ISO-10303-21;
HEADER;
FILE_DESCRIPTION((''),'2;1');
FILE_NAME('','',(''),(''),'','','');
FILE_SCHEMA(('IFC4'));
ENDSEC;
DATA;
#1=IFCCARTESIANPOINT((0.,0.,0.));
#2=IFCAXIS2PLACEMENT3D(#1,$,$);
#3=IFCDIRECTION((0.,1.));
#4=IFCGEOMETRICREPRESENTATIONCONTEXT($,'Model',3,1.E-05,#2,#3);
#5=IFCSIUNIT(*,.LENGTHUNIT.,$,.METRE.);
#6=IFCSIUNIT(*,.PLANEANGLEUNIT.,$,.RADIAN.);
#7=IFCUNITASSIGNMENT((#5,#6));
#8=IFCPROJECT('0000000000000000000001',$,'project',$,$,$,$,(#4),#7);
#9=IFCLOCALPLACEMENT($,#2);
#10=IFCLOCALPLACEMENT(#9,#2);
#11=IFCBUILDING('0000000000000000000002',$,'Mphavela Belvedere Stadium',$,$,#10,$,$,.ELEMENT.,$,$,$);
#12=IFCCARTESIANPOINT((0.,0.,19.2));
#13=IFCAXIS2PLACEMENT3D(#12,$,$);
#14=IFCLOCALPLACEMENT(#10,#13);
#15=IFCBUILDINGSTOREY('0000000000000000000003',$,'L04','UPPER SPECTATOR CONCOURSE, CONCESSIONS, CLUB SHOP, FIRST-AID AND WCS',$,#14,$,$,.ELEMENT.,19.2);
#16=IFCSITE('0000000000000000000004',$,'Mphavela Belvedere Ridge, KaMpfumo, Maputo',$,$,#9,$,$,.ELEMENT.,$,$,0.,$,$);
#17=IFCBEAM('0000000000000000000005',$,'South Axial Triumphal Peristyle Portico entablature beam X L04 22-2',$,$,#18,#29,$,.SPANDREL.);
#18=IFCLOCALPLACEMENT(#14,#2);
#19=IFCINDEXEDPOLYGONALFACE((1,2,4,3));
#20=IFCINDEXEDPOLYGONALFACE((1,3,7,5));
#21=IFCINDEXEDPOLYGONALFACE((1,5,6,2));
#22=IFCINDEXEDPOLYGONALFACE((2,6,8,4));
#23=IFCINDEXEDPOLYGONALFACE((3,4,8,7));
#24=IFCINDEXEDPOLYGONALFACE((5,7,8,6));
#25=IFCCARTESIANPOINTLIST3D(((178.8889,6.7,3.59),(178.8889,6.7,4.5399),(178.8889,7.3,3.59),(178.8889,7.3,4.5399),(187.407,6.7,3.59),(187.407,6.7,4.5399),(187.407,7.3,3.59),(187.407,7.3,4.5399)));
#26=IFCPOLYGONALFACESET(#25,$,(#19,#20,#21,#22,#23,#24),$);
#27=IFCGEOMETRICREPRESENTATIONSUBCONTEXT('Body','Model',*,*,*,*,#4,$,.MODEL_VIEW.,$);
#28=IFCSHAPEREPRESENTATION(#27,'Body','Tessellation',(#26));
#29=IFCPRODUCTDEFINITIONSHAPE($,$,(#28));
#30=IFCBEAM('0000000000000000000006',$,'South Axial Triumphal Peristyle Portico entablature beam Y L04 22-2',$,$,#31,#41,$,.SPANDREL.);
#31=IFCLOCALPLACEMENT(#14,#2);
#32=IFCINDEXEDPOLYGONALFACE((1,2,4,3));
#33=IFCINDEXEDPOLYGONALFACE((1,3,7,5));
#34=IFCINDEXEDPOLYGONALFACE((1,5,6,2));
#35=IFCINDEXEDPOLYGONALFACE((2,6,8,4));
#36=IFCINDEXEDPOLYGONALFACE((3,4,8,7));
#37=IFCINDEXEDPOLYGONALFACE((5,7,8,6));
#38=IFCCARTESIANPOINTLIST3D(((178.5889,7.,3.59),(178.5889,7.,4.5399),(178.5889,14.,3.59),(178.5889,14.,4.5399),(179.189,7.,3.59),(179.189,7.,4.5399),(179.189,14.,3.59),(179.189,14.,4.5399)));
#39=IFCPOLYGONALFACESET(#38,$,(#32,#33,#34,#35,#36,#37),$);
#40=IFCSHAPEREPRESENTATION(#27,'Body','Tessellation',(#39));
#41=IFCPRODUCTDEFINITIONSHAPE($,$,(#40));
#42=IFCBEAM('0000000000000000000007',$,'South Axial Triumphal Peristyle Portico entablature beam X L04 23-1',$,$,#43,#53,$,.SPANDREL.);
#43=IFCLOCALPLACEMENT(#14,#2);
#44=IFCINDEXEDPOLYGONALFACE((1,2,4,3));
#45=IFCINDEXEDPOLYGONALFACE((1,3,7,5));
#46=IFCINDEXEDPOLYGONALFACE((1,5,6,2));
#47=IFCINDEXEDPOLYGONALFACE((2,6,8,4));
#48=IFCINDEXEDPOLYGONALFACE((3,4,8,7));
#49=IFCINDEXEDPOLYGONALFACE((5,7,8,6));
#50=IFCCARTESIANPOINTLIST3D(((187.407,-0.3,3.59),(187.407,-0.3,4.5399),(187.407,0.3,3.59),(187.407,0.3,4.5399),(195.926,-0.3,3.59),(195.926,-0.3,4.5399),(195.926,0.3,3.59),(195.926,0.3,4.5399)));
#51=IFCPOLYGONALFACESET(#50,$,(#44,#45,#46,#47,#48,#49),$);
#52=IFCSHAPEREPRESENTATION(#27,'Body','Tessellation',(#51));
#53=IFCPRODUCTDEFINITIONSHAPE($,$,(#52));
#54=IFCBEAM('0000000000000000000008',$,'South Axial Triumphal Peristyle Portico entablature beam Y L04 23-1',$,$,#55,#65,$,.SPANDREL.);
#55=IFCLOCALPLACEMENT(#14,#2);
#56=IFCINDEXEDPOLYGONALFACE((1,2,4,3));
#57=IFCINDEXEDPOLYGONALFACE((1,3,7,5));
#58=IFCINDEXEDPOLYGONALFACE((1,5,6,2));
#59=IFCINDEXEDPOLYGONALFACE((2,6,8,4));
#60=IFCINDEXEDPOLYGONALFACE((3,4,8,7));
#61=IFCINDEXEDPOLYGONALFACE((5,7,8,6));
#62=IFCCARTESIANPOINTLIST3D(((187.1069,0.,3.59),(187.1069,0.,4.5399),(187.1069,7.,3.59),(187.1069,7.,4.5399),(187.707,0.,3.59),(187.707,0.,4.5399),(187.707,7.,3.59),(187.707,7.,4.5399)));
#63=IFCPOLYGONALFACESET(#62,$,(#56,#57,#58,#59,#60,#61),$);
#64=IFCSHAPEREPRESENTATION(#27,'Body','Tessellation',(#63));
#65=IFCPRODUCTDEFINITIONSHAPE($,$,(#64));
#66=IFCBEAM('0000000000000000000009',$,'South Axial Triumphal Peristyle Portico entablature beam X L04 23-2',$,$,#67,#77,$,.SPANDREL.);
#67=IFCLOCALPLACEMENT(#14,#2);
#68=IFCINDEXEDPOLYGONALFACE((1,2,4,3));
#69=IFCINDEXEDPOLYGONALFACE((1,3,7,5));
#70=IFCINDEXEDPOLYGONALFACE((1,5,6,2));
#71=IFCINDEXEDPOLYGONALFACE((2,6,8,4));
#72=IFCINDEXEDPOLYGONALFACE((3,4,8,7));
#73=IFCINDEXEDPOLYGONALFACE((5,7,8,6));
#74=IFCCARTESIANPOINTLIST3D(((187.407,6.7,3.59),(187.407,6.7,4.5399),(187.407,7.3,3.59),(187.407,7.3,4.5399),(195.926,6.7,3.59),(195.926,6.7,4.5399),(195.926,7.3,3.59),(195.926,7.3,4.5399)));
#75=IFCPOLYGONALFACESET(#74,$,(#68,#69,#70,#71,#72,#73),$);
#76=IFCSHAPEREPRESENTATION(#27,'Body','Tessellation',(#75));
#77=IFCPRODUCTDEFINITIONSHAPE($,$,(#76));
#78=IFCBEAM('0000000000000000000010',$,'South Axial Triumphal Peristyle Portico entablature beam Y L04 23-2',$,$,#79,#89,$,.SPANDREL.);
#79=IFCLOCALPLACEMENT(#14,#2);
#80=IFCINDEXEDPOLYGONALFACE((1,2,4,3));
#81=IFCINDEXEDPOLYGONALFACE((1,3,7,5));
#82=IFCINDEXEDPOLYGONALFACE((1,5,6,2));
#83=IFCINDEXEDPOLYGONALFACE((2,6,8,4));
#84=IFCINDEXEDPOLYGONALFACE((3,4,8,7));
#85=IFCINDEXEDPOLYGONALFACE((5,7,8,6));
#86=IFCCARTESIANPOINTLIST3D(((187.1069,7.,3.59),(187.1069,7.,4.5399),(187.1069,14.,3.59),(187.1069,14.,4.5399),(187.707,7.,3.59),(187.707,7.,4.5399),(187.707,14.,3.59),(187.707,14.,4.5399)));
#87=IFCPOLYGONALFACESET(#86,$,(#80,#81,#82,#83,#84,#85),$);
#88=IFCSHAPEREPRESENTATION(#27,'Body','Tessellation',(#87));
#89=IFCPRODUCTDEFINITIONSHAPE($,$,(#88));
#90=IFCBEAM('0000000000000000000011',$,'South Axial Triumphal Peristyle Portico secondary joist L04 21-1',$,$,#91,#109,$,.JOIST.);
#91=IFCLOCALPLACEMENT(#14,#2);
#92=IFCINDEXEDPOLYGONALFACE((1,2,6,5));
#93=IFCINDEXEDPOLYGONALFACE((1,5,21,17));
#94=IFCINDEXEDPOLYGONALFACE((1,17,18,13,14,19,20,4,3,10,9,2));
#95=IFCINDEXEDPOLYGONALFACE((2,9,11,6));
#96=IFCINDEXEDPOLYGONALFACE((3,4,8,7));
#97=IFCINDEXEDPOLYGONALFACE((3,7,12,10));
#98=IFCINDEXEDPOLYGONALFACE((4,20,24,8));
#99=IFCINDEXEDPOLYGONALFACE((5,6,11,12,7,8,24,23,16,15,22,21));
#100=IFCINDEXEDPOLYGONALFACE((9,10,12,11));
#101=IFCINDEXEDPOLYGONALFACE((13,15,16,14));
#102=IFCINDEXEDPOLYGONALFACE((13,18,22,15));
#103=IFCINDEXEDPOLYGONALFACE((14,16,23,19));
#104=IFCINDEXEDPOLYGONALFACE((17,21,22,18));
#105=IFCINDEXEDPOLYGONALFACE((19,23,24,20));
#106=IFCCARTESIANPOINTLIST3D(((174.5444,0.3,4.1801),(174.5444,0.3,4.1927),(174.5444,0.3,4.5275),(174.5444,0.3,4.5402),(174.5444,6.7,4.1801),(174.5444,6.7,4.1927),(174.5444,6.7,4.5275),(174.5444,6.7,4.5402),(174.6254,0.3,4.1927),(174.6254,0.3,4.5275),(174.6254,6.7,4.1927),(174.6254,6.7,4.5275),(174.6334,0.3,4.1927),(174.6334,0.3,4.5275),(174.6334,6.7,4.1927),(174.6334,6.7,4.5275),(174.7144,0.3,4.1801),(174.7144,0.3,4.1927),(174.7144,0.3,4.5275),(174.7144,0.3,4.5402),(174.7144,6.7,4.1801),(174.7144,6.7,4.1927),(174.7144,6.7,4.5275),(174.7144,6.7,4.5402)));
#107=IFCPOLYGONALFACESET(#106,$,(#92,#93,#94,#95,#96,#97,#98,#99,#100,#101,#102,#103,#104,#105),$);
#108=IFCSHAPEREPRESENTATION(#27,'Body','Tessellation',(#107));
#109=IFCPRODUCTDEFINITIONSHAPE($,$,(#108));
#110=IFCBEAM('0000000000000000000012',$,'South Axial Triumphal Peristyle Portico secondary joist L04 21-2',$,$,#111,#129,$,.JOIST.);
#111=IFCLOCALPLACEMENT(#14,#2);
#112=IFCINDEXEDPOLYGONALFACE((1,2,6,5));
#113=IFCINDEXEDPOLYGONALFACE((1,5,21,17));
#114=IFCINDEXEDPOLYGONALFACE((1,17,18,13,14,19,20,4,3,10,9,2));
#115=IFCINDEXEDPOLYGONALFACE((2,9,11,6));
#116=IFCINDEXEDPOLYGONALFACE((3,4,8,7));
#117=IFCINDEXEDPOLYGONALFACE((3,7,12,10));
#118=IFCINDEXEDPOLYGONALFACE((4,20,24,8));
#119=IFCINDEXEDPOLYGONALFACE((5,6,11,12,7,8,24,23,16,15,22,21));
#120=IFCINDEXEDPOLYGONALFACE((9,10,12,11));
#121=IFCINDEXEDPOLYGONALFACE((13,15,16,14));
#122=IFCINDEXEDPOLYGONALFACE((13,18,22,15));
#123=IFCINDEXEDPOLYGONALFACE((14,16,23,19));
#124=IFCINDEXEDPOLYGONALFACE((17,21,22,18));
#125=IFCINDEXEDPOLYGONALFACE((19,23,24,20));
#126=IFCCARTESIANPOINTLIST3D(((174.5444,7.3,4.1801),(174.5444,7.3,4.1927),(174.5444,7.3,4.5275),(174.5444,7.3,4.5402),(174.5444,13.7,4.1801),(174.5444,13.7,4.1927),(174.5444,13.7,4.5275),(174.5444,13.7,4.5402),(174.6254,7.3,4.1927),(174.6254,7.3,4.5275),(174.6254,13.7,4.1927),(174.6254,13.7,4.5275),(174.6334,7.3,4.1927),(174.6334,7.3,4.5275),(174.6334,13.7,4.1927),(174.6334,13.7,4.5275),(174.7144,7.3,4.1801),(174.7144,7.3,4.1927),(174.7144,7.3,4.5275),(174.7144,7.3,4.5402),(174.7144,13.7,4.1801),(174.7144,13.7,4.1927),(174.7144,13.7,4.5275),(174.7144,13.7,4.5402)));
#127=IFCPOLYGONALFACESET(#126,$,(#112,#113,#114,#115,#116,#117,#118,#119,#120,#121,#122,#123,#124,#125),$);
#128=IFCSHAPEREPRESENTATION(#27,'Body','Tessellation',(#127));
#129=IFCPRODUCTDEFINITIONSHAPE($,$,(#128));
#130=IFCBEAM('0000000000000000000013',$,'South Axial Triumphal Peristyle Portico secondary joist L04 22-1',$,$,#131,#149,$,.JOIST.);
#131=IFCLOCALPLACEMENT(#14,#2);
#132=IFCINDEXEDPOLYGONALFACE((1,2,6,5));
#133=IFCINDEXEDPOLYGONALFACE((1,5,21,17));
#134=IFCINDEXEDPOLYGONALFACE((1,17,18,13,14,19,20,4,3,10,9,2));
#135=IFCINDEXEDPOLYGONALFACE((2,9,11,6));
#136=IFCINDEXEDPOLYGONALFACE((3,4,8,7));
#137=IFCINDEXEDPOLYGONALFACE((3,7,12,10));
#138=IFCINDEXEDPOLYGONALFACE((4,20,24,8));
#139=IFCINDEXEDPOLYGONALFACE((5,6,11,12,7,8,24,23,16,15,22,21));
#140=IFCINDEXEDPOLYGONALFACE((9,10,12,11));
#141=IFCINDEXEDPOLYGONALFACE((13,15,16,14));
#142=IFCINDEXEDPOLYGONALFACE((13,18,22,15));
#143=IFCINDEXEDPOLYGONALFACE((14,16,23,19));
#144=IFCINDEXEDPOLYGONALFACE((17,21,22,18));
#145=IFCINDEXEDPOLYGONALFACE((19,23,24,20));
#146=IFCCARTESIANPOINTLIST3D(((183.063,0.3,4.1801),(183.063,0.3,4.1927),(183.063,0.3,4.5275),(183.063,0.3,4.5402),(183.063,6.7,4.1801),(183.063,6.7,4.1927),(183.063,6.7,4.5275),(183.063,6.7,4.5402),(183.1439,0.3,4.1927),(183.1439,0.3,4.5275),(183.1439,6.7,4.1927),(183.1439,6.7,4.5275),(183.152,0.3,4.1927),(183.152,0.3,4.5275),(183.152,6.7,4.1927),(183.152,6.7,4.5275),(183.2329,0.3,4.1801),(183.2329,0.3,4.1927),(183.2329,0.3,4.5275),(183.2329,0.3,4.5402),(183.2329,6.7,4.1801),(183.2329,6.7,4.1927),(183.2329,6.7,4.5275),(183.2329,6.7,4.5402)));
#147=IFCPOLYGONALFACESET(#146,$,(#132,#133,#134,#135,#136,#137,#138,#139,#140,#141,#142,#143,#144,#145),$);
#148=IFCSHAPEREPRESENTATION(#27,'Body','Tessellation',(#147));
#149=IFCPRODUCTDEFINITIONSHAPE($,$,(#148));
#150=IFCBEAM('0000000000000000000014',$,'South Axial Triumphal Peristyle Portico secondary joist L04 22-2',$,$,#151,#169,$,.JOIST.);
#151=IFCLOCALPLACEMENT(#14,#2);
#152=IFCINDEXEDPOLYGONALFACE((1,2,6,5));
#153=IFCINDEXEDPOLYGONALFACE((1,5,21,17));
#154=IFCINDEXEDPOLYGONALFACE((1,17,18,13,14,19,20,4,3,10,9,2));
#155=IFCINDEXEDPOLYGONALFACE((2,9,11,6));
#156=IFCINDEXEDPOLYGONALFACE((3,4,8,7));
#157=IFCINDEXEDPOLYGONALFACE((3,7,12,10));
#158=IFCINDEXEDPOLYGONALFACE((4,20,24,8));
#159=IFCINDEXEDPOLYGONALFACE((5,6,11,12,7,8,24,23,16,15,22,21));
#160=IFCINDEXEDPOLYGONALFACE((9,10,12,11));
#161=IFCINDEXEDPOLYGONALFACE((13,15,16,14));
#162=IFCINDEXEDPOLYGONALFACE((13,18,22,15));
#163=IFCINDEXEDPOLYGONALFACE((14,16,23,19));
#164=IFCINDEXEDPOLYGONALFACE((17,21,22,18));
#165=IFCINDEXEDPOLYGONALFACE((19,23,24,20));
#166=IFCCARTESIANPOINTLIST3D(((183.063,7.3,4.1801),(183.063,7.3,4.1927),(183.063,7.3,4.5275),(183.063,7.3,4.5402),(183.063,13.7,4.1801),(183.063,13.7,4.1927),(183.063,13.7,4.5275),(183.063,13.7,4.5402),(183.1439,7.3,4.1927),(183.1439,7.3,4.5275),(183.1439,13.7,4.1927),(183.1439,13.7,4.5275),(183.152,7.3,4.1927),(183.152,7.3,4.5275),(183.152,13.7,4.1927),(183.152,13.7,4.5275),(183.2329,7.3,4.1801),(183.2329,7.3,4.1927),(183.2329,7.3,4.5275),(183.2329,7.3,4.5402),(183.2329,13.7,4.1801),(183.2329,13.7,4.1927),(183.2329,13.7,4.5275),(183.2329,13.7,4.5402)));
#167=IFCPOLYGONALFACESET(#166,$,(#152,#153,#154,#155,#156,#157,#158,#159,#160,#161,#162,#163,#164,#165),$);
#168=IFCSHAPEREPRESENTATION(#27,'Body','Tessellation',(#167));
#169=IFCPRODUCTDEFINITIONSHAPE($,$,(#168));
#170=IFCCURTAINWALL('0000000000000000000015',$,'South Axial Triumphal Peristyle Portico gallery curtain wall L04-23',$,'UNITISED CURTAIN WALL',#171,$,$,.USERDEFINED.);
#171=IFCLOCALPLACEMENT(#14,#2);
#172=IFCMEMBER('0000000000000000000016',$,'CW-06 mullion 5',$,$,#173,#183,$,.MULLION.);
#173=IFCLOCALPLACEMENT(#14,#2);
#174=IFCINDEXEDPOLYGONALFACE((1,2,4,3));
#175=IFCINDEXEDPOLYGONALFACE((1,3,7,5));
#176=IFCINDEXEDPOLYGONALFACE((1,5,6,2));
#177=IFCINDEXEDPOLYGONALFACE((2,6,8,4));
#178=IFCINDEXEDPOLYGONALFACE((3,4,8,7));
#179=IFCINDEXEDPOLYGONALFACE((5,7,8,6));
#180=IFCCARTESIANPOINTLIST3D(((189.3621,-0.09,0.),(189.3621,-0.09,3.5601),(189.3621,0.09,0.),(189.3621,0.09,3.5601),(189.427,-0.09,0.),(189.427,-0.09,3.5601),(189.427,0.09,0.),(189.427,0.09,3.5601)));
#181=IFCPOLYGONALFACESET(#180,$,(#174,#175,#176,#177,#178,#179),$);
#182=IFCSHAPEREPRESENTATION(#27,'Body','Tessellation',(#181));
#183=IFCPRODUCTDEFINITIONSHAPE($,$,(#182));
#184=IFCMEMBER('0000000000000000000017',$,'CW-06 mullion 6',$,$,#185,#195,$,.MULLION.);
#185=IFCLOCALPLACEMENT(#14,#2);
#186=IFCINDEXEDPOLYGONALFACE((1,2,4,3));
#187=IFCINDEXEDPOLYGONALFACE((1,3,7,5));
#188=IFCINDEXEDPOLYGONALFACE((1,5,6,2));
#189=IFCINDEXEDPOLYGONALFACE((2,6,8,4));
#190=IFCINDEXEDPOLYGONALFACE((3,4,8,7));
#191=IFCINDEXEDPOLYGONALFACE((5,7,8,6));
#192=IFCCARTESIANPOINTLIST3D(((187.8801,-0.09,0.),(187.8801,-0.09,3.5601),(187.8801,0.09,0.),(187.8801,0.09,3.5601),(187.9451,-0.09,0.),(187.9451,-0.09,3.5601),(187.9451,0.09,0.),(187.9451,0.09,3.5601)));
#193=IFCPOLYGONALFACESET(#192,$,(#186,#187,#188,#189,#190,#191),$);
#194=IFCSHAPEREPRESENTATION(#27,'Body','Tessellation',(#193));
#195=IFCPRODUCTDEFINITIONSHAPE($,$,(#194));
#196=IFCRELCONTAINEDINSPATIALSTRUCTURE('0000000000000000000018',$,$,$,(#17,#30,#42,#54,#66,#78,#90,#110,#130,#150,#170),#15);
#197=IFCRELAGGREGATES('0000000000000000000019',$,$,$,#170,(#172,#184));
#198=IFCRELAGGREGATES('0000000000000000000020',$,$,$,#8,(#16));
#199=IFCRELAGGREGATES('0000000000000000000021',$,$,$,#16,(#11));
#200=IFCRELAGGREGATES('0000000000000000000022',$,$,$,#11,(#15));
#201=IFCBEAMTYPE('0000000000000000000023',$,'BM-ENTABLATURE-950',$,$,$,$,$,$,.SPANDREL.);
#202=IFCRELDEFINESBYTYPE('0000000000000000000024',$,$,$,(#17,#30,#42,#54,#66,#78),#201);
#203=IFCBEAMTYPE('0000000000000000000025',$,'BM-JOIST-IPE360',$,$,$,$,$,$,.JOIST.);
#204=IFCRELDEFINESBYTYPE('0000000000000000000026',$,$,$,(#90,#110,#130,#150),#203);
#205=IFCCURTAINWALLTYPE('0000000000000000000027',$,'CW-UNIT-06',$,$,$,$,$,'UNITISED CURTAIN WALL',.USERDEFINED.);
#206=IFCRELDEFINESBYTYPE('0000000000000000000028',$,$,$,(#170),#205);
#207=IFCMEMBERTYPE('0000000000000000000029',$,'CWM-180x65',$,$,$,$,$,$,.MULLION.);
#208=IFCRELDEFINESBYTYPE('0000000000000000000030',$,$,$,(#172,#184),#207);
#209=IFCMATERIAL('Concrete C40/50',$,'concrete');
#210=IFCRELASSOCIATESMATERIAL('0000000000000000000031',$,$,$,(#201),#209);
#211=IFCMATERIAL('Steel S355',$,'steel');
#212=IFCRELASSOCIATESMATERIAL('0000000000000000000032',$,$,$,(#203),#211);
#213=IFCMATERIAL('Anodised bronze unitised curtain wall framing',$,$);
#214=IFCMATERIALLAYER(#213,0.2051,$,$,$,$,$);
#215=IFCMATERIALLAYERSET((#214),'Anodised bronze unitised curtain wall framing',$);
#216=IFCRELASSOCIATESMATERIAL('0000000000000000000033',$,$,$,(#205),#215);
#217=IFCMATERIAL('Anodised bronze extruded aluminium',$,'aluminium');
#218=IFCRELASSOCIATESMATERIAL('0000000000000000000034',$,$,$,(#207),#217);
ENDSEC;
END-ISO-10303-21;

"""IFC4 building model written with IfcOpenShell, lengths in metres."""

from ifc_helpers import new_model, si_unit, direction, frame, origin, origin_2d, place, context, subcontext, project, spatial, rectangle, i_section, extrude, material, layer, layer_set, material_profile, profile_set, type_object, element, aggregate, save


model = new_model("IFC4")

# Units and contexts
model_context = context("Model", 3, precision=1e-05, world=origin(), true_north=direction((0.0, 1.0)))
body_context = subcontext(model_context, "Body", "Model", "MODEL_VIEW")
ifc_project = project(units=[si_unit("LENGTHUNIT", "METRE"), si_unit("PLANEANGLEUNIT", "RADIAN")], contexts=[model_context])

# Site, building, storey
site_placement = place(None, origin())
site = spatial("IfcSite", under=ifc_project, at=site_placement, Name="Mphavela Belvedere Ridge, KaMpfumo, Maputo", CompositionType="ELEMENT", RefElevation=0.0)
building_placement = place(site_placement, origin())
building = spatial("IfcBuilding", under=site, at=building_placement, Name="Mphavela Belvedere Stadium", CompositionType="ELEMENT")
storey_placement = place(building_placement, frame((0.0, 0.0, 19.2)))
storey = spatial("IfcBuildingStorey", under=building, at=storey_placement, Name="L04", Description="UPPER SPECTATOR CONCOURSE, CONCESSIONS, CLUB SHOP, FIRST-AID AND WCS", CompositionType="ELEMENT", Elevation=19.2)

# Beams
ifc_material_1 = material(Name="Concrete C40/50", Category="concrete")
ifc_material_profile_1 = material_profile(ifc_material_1, rectangle(XDim=0.6001, YDim=0.95, at=origin_2d()), Name="RC 600x950")
ifc_profile_set_1 = profile_set([ifc_material_profile_1], Name="Concrete C40/50")
beam_type_1 = type_object("IfcBeamType", Name="BM-ENTABLATURE-950", PredefinedType="SPANDREL", material=ifc_profile_set_1)
beam_1_placement = place(storey_placement, frame((178.8889, 7.0, 4.0649), z_axis=(1.0, 0.0, 0.0), x_axis=(0.0, 1.0, 0.0)))
element("IfcBeam", 1, at=beam_1_placement, inside=storey, type_object=beam_type_1, Name="South Axial Triumphal Peristyle Portico entablature beam X L04 22-2", PredefinedType="SPANDREL", context=body_context, shape_type="SweptSolid", body=[
    extrude(rectangle(XDim=0.6001, YDim=0.95, at=origin_2d()), origin(), (0.0, 0.0, 1.0), 8.5181),
])
beam_2_placement = place(storey_placement, frame((178.8889, 7.0, 4.0649), z_axis=(0.0, 1.0, 0.0), x_axis=(-1.0, 0.0, 0.0)))
element("IfcBeam", 2, at=beam_2_placement, inside=storey, type_object=beam_type_1, Name="South Axial Triumphal Peristyle Portico entablature beam Y L04 22-2", PredefinedType="SPANDREL", context=body_context, shape_type="SweptSolid", body=[
    extrude(rectangle(XDim=0.6001, YDim=0.95, at=origin_2d()), origin(), (0.0, 0.0, 1.0), 7.0),
])
beam_3_placement = place(storey_placement, frame((187.407, 0.0, 4.0649), z_axis=(1.0, 0.0, 0.0), x_axis=(0.0, 1.0, 0.0)))
element("IfcBeam", 3, at=beam_3_placement, inside=storey, type_object=beam_type_1, Name="South Axial Triumphal Peristyle Portico entablature beam X L04 23-1", PredefinedType="SPANDREL", context=body_context, shape_type="SweptSolid", body=[
    extrude(rectangle(XDim=0.6001, YDim=0.95, at=origin_2d()), origin(), (0.0, 0.0, 1.0), 8.519),
])
beam_4_placement = place(storey_placement, frame((187.407, 0.0, 4.0649), z_axis=(0.0, 1.0, 0.0), x_axis=(-1.0, 0.0, 0.0)))
element("IfcBeam", 4, at=beam_4_placement, inside=storey, type_object=beam_type_1, Name="South Axial Triumphal Peristyle Portico entablature beam Y L04 23-1", PredefinedType="SPANDREL", context=body_context, shape_type="SweptSolid", body=[
    extrude(rectangle(XDim=0.6001, YDim=0.95, at=origin_2d()), origin(), (0.0, 0.0, 1.0), 7.0),
])
beam_5_placement = place(storey_placement, frame((187.407, 7.0, 4.0649), z_axis=(1.0, 0.0, 0.0), x_axis=(0.0, 1.0, 0.0)))
element("IfcBeam", 5, at=beam_5_placement, inside=storey, type_object=beam_type_1, Name="South Axial Triumphal Peristyle Portico entablature beam X L04 23-2", PredefinedType="SPANDREL", context=body_context, shape_type="SweptSolid", body=[
    extrude(rectangle(XDim=0.6001, YDim=0.95, at=origin_2d()), origin(), (0.0, 0.0, 1.0), 8.519),
])
beam_6_placement = place(storey_placement, frame((187.407, 7.0, 4.0649), z_axis=(0.0, 1.0, 0.0), x_axis=(-1.0, 0.0, 0.0)))
element("IfcBeam", 6, at=beam_6_placement, inside=storey, type_object=beam_type_1, Name="South Axial Triumphal Peristyle Portico entablature beam Y L04 23-2", PredefinedType="SPANDREL", context=body_context, shape_type="SweptSolid", body=[
    extrude(rectangle(XDim=0.6001, YDim=0.95, at=origin_2d()), origin(), (0.0, 0.0, 1.0), 7.0),
])
ifc_material_2 = material(Name="Steel S355", Category="steel")
ifc_material_profile_2 = material_profile(ifc_material_2, i_section(OverallWidth=0.1699, OverallDepth=0.3601, WebThickness=0.0081, FlangeThickness=0.0127, at=origin_2d()), Name="IPE 360")
ifc_profile_set_2 = profile_set([ifc_material_profile_2], Name="Steel S355")
beam_type_2 = type_object("IfcBeamType", Name="BM-JOIST-IPE360", PredefinedType="JOIST", material=ifc_profile_set_2)
for number, where, z_axis, x_axis, name in (
    (7, (174.6294, 0.3, 4.3601), (0.0, 1.0, 0.0), (-1.0, 0.0, 0.0), "South Axial Triumphal Peristyle Portico secondary joist L04 21-1"),
    (8, (174.6294, 7.3, 4.3601), (0.0, 1.0, 0.0), (-1.0, 0.0, 0.0), "South Axial Triumphal Peristyle Portico secondary joist L04 21-2"),
    (9, (183.1479, 0.3, 4.3601), (0.0, 1.0, 0.0), (-1.0, 0.0, 0.0), "South Axial Triumphal Peristyle Portico secondary joist L04 22-1"),
    (10, (183.1479, 7.3, 4.3601), (0.0, 1.0, 0.0), (-1.0, 0.0, 0.0), "South Axial Triumphal Peristyle Portico secondary joist L04 22-2"),
):
    element("IfcBeam", number, at=place(storey_placement, frame(where, z_axis=z_axis, x_axis=x_axis)), inside=storey, type_object=beam_type_2, Name=name, PredefinedType="JOIST", context=body_context, shape_type="SweptSolid", body=[
        extrude(i_section(OverallWidth=0.1699, OverallDepth=0.3601, WebThickness=0.0081, FlangeThickness=0.0127, at=origin_2d()), origin(), (0.0, 0.0, 1.0), 6.3999),
    ])

# Curtain wall, members
ifc_material_3 = material(Name="Anodised bronze unitised curtain wall framing")
ifc_layer_1 = layer(ifc_material_3, 0.2051)
ifc_layer_set_1 = layer_set([ifc_layer_1], Name="Anodised bronze unitised curtain wall framing")
curtain_wall_type = type_object("IfcCurtainWallType", Name="CW-UNIT-06", ElementType="UNITISED CURTAIN WALL", PredefinedType="USERDEFINED", material=ifc_layer_set_1)
curtain_wall_placement = place(storey_placement, origin())
curtain_wall = element("IfcCurtainWall", 11, at=curtain_wall_placement, inside=storey, type_object=curtain_wall_type, Name="South Axial Triumphal Peristyle Portico gallery curtain wall L04-23", ObjectType="UNITISED CURTAIN WALL", PredefinedType="USERDEFINED")
ifc_material_4 = material(Name="Anodised bronze extruded aluminium", Category="aluminium")
ifc_material_profile_3 = material_profile(ifc_material_4, rectangle(XDim=0.1799, YDim=0.0649, at=origin_2d()), Name="CW-MUL 180x65")
ifc_profile_set_3 = profile_set([ifc_material_profile_3], Name="Anodised bronze extruded aluminium")
member_type_1 = type_object("IfcMemberType", Name="CWM-180x65", PredefinedType="MULLION", material=ifc_profile_set_3)
member_1_placement = place(storey_placement, frame((189.3945, 0.0, 0.0), z_axis=(0.0, 0.0, 1.0), x_axis=(0.0, -1.0, 0.0)))
member_1 = element("IfcMember", 12, at=member_1_placement, type_object=member_type_1, Name="CW-06 mullion 5", PredefinedType="MULLION", context=body_context, shape_type="SweptSolid", body=[
    extrude(rectangle(XDim=0.1799, YDim=0.0649, at=origin_2d()), origin(), (0.0, 0.0, 1.0), 3.5601),
])
member_2_placement = place(storey_placement, frame((187.9126, 0.0, 0.0), z_axis=(0.0, 0.0, 1.0), x_axis=(0.0, -1.0, 0.0)))
member_2 = element("IfcMember", 13, at=member_2_placement, type_object=member_type_1, Name="CW-06 mullion 6", PredefinedType="MULLION", context=body_context, shape_type="SweptSolid", body=[
    extrude(rectangle(XDim=0.1799, YDim=0.0649, at=origin_2d()), origin(), (0.0, 0.0, 1.0), 3.5601),
])
aggregate(curtain_wall, [member_1, member_2])

save(model, "model.ifc")
